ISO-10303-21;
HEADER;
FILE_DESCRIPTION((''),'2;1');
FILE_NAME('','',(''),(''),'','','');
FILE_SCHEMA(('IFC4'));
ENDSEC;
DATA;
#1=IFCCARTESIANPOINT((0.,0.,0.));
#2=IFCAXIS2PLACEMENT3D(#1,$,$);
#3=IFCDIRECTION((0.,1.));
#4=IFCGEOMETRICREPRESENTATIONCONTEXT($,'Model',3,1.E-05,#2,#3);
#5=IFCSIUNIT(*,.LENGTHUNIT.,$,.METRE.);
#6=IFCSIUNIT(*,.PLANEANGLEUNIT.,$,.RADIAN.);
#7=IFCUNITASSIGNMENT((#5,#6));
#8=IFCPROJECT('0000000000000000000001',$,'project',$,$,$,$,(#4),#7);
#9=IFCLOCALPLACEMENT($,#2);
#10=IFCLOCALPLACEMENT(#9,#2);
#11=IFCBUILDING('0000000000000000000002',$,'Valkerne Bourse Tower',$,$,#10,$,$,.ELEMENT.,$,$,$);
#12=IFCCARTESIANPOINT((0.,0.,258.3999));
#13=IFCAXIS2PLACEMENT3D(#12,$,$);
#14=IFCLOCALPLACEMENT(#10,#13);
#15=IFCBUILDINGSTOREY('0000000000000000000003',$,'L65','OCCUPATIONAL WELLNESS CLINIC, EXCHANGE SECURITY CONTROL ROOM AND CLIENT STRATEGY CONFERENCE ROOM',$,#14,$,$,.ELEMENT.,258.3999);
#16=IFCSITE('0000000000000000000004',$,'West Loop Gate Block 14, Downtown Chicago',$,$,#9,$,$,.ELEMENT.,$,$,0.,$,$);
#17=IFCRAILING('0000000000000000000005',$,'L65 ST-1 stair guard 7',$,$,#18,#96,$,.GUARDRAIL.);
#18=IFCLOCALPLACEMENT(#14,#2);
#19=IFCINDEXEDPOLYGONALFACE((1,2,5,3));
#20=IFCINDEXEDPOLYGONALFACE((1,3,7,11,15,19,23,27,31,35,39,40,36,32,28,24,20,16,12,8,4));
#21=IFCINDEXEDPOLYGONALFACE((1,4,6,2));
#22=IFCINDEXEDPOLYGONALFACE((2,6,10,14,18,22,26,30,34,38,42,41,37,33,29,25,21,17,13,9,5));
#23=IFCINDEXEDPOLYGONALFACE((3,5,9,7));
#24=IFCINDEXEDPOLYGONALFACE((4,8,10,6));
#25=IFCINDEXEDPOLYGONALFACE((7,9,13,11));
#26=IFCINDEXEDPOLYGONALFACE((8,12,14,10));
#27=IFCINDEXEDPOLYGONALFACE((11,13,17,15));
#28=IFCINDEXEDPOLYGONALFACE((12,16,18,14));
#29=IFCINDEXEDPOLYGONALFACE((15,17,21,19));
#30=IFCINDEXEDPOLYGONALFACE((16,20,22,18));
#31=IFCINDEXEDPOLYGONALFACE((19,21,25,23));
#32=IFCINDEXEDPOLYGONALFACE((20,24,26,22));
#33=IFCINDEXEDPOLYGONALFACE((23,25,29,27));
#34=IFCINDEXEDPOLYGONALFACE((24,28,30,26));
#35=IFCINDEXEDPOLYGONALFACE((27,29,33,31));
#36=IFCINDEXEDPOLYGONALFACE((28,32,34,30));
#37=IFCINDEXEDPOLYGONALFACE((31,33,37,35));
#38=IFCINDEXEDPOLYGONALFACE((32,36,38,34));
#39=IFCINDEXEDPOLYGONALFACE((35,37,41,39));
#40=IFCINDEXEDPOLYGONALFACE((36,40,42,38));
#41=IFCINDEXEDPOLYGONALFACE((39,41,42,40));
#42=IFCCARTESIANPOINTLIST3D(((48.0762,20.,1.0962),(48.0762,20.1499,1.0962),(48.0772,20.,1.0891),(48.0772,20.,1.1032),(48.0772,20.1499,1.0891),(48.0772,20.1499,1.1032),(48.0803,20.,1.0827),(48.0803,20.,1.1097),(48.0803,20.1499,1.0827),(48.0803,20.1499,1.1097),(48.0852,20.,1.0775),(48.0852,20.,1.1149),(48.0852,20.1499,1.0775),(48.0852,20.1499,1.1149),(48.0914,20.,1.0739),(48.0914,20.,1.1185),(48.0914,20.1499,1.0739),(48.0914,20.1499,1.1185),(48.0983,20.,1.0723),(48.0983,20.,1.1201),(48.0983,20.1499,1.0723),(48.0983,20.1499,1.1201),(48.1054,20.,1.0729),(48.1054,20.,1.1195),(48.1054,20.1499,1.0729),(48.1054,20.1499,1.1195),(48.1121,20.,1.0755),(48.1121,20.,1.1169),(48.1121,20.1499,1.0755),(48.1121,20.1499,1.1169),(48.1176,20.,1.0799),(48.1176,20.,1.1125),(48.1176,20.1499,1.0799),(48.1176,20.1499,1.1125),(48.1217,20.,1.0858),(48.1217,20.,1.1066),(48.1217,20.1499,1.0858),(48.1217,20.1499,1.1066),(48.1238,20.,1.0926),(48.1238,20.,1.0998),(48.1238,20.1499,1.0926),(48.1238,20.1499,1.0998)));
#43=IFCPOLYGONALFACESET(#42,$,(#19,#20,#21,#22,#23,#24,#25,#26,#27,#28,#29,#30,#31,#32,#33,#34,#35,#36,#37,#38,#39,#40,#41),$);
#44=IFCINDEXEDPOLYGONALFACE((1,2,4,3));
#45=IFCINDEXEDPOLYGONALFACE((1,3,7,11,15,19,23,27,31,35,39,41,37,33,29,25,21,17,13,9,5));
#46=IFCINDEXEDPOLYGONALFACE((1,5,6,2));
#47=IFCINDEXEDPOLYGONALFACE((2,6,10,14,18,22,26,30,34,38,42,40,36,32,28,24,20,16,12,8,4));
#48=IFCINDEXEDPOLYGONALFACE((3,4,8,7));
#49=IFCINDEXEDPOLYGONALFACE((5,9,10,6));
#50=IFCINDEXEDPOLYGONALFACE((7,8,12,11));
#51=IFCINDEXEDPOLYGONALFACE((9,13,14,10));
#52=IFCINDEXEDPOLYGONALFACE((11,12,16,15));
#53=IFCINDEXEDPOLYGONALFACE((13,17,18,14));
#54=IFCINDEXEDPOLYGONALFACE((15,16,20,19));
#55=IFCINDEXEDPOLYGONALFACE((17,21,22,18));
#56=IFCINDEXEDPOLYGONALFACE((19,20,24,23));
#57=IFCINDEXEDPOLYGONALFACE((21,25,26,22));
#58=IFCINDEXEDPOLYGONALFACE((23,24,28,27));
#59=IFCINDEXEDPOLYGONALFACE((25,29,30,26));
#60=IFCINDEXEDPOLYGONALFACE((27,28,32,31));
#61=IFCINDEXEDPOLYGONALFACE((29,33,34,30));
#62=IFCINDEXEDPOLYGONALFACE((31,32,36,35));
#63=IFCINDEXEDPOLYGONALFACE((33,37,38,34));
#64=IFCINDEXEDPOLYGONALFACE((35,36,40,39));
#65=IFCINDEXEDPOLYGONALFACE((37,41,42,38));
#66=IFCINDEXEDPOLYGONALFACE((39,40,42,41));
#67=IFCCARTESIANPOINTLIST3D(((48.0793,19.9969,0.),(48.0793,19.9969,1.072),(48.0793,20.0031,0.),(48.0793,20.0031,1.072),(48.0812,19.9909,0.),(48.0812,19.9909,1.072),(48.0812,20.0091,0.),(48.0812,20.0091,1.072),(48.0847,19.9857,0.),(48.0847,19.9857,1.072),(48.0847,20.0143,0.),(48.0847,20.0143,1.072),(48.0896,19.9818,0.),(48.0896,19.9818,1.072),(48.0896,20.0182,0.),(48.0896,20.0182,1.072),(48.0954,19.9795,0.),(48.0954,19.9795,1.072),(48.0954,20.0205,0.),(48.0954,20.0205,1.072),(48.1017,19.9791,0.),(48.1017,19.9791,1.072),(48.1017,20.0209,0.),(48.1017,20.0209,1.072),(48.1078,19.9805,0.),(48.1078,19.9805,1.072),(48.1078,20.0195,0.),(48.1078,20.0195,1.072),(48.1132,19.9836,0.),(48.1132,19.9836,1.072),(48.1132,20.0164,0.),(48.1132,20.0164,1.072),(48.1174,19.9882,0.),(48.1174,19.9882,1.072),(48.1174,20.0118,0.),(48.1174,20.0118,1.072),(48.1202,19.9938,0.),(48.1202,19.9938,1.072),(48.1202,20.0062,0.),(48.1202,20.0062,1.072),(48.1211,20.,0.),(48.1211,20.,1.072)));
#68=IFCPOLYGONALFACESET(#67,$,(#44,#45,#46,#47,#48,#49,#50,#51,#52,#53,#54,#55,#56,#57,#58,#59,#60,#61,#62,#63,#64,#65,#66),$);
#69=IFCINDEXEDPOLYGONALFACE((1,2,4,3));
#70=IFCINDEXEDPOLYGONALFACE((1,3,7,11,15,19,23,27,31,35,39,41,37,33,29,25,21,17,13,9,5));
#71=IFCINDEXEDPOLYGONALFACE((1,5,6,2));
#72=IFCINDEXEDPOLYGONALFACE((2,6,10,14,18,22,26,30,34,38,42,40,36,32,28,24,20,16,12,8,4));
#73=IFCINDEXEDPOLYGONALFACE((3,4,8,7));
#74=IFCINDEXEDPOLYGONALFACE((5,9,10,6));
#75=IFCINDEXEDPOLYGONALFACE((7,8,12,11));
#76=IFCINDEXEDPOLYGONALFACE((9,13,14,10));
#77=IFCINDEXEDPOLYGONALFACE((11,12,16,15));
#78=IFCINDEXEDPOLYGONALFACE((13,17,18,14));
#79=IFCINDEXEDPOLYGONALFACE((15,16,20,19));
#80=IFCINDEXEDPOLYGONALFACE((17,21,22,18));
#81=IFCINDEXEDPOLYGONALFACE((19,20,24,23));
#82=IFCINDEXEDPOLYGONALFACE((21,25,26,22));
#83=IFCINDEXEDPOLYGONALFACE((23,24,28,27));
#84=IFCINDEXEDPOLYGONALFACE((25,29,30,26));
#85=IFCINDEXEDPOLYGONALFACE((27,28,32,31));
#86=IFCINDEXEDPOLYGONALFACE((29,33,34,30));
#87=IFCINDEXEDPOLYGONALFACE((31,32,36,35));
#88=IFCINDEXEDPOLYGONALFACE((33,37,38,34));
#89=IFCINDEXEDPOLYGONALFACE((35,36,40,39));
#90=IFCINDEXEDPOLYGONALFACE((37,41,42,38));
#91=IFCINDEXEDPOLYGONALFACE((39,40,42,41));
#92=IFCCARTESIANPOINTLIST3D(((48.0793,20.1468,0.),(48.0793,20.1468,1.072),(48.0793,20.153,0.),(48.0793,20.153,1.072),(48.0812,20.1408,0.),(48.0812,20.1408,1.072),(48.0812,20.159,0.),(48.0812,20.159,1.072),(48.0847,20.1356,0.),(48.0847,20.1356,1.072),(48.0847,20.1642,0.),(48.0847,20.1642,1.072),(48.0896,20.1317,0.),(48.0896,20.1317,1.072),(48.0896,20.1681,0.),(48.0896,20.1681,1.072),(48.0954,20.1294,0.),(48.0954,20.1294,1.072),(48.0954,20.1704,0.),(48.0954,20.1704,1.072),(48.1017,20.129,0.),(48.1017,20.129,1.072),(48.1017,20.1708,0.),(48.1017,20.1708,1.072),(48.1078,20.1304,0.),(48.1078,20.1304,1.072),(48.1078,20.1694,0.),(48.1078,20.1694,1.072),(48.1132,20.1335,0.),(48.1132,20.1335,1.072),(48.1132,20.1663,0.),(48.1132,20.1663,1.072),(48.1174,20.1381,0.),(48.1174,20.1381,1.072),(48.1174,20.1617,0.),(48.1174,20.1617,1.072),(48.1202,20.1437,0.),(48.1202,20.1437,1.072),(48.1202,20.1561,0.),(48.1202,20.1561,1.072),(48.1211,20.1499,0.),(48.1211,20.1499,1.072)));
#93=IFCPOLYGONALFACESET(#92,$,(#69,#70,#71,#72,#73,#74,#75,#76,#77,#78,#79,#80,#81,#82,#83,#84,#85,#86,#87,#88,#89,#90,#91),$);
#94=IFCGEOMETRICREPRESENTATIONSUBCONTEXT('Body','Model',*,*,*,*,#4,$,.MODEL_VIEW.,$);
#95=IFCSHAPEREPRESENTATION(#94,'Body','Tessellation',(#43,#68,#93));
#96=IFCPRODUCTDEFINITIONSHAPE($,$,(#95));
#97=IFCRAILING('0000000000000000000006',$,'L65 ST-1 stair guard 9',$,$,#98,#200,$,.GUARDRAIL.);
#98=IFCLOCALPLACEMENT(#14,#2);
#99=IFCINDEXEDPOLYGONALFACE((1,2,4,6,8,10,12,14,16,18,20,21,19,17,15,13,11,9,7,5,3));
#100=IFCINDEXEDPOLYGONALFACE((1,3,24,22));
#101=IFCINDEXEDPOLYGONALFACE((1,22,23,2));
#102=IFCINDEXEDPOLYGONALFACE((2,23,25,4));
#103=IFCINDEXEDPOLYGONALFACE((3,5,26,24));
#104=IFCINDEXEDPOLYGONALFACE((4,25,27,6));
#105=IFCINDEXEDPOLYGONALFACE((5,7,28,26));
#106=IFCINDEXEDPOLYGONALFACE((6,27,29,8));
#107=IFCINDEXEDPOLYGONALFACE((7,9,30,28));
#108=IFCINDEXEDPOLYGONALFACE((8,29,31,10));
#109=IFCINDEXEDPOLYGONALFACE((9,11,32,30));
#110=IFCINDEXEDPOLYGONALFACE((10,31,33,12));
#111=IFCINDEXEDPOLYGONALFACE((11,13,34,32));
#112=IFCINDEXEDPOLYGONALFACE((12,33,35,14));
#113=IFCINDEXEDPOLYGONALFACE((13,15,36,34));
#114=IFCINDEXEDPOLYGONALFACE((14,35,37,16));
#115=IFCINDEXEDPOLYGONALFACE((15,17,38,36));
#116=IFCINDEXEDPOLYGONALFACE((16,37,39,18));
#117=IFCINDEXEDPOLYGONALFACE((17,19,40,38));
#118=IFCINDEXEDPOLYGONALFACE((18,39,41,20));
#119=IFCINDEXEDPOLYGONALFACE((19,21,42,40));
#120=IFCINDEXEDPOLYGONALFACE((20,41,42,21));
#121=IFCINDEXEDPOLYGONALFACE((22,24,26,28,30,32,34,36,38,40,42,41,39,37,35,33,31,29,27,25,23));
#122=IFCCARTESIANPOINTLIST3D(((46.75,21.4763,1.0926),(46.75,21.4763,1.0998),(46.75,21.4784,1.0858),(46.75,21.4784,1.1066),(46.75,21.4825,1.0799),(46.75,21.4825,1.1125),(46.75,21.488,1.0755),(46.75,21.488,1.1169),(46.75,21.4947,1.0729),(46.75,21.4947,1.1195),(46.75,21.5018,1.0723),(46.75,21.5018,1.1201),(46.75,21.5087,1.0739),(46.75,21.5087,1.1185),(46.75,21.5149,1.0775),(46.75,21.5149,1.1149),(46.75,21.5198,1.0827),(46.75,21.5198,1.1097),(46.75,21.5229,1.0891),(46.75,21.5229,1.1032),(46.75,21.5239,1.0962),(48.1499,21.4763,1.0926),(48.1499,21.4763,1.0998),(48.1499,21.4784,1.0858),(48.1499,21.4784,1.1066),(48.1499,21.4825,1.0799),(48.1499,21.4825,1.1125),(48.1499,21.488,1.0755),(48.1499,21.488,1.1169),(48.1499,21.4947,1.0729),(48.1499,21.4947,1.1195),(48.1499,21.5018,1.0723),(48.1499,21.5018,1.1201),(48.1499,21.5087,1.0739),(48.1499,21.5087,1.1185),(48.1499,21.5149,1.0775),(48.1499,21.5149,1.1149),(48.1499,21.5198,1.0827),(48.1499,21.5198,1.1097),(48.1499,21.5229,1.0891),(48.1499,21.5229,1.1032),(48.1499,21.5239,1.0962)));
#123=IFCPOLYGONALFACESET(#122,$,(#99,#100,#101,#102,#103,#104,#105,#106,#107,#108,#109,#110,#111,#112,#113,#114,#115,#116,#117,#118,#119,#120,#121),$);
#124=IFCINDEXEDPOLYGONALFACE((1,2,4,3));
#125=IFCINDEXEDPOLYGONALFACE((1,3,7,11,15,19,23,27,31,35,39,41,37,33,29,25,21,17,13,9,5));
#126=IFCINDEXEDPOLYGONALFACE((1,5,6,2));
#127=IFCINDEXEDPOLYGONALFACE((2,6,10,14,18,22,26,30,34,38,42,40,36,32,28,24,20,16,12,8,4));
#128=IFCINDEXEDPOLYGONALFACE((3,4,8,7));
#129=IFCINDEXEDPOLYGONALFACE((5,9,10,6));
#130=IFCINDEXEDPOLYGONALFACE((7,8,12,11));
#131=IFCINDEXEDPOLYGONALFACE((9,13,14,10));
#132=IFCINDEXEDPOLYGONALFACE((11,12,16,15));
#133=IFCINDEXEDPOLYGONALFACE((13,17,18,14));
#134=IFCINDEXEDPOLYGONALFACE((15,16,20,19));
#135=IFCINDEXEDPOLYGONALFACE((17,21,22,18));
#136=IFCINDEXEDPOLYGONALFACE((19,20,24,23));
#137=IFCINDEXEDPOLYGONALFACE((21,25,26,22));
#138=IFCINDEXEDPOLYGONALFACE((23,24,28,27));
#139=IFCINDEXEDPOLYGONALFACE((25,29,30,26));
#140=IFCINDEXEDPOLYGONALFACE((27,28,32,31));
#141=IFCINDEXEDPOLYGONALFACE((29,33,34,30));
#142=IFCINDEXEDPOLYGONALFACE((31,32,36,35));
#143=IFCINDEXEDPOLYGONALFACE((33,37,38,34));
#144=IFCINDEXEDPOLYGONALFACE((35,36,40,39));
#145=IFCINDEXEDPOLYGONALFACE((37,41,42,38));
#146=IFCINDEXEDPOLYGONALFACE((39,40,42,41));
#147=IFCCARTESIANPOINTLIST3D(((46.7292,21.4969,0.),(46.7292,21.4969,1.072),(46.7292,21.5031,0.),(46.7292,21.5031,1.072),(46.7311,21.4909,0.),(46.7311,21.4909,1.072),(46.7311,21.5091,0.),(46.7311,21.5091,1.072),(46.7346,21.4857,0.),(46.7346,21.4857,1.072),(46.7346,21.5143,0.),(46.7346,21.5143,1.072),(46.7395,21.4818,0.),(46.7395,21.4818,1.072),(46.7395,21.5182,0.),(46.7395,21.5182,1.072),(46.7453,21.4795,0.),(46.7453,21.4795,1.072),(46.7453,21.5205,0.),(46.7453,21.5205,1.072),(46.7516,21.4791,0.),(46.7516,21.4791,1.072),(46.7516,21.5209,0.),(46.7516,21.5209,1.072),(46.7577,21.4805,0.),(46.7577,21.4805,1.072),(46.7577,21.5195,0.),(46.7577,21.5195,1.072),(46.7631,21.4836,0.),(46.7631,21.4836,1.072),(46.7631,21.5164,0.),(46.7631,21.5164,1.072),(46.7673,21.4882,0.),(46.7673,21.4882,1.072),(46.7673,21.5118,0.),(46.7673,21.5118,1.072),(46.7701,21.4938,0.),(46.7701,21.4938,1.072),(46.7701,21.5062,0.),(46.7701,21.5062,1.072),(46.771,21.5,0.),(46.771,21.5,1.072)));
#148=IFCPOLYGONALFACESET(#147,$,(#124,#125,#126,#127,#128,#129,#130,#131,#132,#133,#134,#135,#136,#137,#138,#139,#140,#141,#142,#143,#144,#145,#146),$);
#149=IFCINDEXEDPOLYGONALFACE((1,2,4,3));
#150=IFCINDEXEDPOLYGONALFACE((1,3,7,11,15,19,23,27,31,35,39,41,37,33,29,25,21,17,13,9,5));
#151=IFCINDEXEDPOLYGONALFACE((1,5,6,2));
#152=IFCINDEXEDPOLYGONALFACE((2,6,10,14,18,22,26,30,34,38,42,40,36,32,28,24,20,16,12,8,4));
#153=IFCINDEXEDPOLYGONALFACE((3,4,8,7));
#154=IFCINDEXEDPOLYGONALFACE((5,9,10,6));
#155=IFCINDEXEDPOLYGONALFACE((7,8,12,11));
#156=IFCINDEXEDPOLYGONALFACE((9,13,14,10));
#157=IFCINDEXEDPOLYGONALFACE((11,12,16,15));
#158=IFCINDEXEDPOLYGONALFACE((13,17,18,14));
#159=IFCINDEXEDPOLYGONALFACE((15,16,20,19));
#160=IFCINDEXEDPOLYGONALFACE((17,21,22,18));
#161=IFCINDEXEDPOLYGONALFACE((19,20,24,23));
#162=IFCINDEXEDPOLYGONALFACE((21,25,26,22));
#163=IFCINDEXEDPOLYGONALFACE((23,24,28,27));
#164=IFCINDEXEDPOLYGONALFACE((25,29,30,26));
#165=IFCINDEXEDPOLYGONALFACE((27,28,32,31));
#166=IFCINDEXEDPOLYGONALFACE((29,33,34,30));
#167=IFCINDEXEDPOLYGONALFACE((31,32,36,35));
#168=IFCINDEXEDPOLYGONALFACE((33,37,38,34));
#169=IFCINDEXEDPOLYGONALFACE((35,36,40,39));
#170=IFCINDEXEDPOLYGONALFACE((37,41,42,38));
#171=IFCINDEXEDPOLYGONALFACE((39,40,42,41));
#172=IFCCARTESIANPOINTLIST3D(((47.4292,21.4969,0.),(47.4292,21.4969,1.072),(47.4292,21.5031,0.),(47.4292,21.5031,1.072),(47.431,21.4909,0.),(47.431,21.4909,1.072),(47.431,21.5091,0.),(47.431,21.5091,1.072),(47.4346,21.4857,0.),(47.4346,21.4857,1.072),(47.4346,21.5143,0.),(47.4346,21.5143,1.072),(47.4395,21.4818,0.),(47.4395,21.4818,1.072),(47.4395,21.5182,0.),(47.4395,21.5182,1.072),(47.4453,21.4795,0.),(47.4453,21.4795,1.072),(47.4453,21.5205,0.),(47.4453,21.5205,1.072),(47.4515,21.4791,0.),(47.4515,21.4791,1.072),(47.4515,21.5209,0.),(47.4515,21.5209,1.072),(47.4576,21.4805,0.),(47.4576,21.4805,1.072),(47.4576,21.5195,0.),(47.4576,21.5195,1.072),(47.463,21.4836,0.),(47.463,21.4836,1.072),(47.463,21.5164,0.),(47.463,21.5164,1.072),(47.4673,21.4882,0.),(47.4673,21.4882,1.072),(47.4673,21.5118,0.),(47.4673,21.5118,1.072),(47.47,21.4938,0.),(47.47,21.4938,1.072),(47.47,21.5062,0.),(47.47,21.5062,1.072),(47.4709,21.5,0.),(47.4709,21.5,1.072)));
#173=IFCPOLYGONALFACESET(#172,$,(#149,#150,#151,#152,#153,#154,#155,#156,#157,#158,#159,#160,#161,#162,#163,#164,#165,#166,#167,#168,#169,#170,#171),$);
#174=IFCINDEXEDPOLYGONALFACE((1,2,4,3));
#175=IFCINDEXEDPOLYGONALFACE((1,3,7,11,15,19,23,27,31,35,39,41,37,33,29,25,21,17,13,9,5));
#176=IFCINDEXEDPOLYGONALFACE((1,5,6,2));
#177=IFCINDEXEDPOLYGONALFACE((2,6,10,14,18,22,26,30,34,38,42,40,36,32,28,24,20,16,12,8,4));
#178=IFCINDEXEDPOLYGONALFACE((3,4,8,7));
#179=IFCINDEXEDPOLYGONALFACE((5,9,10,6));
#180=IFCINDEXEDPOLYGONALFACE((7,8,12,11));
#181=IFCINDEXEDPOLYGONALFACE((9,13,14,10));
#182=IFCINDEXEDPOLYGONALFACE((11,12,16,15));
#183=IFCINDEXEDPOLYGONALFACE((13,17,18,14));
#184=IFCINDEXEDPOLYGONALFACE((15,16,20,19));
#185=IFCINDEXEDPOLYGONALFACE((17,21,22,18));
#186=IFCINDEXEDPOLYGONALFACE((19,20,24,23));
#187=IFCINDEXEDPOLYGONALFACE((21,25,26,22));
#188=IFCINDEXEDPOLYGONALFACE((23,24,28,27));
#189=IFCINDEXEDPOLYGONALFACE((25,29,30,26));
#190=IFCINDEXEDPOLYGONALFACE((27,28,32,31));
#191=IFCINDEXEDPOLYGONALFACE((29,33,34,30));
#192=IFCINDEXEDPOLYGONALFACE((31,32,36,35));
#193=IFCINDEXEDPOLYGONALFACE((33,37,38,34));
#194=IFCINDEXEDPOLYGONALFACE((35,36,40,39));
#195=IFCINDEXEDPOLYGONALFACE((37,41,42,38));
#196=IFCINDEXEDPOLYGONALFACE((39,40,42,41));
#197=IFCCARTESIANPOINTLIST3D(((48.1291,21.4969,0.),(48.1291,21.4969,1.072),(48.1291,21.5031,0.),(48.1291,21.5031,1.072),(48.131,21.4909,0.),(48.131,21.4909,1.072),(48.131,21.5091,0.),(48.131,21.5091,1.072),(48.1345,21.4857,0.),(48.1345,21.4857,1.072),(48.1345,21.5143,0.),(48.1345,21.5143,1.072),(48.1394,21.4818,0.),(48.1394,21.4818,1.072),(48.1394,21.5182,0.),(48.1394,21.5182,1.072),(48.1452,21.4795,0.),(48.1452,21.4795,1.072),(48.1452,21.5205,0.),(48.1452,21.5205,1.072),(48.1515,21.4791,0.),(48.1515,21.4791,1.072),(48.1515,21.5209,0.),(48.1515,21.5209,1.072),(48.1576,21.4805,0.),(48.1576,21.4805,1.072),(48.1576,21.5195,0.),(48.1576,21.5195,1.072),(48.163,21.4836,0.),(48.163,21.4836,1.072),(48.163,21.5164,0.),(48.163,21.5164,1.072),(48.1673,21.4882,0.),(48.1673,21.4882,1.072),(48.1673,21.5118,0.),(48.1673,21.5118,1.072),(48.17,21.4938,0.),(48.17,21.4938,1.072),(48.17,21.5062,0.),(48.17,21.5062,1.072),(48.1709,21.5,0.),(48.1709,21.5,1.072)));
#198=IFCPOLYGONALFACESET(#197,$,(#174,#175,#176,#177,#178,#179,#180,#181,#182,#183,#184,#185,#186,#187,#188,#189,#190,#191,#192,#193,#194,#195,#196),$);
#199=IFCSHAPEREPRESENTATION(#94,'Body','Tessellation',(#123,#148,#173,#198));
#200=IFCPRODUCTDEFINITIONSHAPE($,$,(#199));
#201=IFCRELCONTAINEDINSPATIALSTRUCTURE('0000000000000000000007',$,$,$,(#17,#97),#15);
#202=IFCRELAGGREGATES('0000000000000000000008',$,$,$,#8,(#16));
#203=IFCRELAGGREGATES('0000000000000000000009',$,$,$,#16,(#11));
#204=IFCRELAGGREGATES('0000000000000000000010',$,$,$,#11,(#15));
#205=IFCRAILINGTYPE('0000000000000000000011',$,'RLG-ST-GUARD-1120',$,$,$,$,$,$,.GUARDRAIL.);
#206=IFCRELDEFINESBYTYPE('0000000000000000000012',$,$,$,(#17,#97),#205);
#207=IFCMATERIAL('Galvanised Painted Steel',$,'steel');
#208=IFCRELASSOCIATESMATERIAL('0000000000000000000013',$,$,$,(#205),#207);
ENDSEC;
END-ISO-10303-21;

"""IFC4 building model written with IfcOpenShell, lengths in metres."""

from ifc_helpers import new_model, si_unit, direction, frame, origin, origin_2d, place, context, subcontext, project, spatial, circle, extrude, material, type_object, element, save


model = new_model("IFC4")

# Units and contexts
model_context = context("Model", 3, precision=1e-05, world=origin(), true_north=direction((0.0, 1.0)))
body_context = subcontext(model_context, "Body", "Model", "MODEL_VIEW")
ifc_project = project(units=[si_unit("LENGTHUNIT", "METRE"), si_unit("PLANEANGLEUNIT", "RADIAN")], contexts=[model_context])

# Site, building, storey
site_placement = place(None, origin())
site = spatial("IfcSite", under=ifc_project, at=site_placement, Name="West Loop Gate Block 14, Downtown Chicago", CompositionType="ELEMENT", RefElevation=0.0)
building_placement = place(site_placement, origin())
building = spatial("IfcBuilding", under=site, at=building_placement, Name="Valkerne Bourse Tower", CompositionType="ELEMENT")
storey_placement = place(building_placement, frame((0.0, 0.0, 258.3999)))
storey = spatial("IfcBuildingStorey", under=building, at=storey_placement, Name="L65", Description="OCCUPATIONAL WELLNESS CLINIC, EXCHANGE SECURITY CONTROL ROOM AND CLIENT STRATEGY CONFERENCE ROOM", CompositionType="ELEMENT", Elevation=258.3999)

# Shared definitions
ifc_material_1 = material(Name="Galvanised Painted Steel", Category="steel")

# Railings
railing_type_1 = type_object("IfcRailingType", Name="RLG-ST-GUARD-1120", PredefinedType="GUARDRAIL", material=ifc_material_1)
railing_1_placement = place(storey_placement, frame((48.1001, 20.0, 0.0)))
element("IfcRailing", 1, at=railing_1_placement, inside=storey, type_object=railing_type_1, Name="L65 ST-1 stair guard 7", PredefinedType="GUARDRAIL", context=body_context, shape_type="SweptSolid", body=[
    extrude(circle(Radius=0.0239, at=origin_2d()), frame((0.0, 0.0, 1.0962), z_axis=(0.0, 1.0, 0.0), x_axis=(-1.0, 0.0, 0.0)), (0.0, 0.0, 1.0), 0.1499),
    extrude(circle(Radius=0.021, at=origin_2d()), origin(), (0.0, 0.0, 1.0), 1.072),
    extrude(circle(Radius=0.021, at=origin_2d()), frame((0.0, 0.1499, 0.0)), (0.0, 0.0, 1.0), 1.072),
])
railing_2_placement = place(storey_placement, frame((46.75, 21.5, 0.0)))
element("IfcRailing", 2, at=railing_2_placement, inside=storey, type_object=railing_type_1, Name="L65 ST-1 stair guard 9", PredefinedType="GUARDRAIL", context=body_context, shape_type="SweptSolid", body=[
    extrude(circle(Radius=0.0239, at=origin_2d()), frame((0.0, 0.0, 1.0962), z_axis=(1.0, 0.0, 0.0), x_axis=(0.0, 1.0, 0.0)), (0.0, 0.0, 1.0), 1.3999),
    extrude(circle(Radius=0.021, at=origin_2d()), origin(), (0.0, 0.0, 1.0), 1.072),
    extrude(circle(Radius=0.021, at=origin_2d()), frame((0.7, 0.0, 0.0)), (0.0, 0.0, 1.0), 1.072),
    extrude(circle(Radius=0.021, at=origin_2d()), frame((1.3999, 0.0, 0.0)), (0.0, 0.0, 1.0), 1.072),
])

save(model, "model.ifc")
